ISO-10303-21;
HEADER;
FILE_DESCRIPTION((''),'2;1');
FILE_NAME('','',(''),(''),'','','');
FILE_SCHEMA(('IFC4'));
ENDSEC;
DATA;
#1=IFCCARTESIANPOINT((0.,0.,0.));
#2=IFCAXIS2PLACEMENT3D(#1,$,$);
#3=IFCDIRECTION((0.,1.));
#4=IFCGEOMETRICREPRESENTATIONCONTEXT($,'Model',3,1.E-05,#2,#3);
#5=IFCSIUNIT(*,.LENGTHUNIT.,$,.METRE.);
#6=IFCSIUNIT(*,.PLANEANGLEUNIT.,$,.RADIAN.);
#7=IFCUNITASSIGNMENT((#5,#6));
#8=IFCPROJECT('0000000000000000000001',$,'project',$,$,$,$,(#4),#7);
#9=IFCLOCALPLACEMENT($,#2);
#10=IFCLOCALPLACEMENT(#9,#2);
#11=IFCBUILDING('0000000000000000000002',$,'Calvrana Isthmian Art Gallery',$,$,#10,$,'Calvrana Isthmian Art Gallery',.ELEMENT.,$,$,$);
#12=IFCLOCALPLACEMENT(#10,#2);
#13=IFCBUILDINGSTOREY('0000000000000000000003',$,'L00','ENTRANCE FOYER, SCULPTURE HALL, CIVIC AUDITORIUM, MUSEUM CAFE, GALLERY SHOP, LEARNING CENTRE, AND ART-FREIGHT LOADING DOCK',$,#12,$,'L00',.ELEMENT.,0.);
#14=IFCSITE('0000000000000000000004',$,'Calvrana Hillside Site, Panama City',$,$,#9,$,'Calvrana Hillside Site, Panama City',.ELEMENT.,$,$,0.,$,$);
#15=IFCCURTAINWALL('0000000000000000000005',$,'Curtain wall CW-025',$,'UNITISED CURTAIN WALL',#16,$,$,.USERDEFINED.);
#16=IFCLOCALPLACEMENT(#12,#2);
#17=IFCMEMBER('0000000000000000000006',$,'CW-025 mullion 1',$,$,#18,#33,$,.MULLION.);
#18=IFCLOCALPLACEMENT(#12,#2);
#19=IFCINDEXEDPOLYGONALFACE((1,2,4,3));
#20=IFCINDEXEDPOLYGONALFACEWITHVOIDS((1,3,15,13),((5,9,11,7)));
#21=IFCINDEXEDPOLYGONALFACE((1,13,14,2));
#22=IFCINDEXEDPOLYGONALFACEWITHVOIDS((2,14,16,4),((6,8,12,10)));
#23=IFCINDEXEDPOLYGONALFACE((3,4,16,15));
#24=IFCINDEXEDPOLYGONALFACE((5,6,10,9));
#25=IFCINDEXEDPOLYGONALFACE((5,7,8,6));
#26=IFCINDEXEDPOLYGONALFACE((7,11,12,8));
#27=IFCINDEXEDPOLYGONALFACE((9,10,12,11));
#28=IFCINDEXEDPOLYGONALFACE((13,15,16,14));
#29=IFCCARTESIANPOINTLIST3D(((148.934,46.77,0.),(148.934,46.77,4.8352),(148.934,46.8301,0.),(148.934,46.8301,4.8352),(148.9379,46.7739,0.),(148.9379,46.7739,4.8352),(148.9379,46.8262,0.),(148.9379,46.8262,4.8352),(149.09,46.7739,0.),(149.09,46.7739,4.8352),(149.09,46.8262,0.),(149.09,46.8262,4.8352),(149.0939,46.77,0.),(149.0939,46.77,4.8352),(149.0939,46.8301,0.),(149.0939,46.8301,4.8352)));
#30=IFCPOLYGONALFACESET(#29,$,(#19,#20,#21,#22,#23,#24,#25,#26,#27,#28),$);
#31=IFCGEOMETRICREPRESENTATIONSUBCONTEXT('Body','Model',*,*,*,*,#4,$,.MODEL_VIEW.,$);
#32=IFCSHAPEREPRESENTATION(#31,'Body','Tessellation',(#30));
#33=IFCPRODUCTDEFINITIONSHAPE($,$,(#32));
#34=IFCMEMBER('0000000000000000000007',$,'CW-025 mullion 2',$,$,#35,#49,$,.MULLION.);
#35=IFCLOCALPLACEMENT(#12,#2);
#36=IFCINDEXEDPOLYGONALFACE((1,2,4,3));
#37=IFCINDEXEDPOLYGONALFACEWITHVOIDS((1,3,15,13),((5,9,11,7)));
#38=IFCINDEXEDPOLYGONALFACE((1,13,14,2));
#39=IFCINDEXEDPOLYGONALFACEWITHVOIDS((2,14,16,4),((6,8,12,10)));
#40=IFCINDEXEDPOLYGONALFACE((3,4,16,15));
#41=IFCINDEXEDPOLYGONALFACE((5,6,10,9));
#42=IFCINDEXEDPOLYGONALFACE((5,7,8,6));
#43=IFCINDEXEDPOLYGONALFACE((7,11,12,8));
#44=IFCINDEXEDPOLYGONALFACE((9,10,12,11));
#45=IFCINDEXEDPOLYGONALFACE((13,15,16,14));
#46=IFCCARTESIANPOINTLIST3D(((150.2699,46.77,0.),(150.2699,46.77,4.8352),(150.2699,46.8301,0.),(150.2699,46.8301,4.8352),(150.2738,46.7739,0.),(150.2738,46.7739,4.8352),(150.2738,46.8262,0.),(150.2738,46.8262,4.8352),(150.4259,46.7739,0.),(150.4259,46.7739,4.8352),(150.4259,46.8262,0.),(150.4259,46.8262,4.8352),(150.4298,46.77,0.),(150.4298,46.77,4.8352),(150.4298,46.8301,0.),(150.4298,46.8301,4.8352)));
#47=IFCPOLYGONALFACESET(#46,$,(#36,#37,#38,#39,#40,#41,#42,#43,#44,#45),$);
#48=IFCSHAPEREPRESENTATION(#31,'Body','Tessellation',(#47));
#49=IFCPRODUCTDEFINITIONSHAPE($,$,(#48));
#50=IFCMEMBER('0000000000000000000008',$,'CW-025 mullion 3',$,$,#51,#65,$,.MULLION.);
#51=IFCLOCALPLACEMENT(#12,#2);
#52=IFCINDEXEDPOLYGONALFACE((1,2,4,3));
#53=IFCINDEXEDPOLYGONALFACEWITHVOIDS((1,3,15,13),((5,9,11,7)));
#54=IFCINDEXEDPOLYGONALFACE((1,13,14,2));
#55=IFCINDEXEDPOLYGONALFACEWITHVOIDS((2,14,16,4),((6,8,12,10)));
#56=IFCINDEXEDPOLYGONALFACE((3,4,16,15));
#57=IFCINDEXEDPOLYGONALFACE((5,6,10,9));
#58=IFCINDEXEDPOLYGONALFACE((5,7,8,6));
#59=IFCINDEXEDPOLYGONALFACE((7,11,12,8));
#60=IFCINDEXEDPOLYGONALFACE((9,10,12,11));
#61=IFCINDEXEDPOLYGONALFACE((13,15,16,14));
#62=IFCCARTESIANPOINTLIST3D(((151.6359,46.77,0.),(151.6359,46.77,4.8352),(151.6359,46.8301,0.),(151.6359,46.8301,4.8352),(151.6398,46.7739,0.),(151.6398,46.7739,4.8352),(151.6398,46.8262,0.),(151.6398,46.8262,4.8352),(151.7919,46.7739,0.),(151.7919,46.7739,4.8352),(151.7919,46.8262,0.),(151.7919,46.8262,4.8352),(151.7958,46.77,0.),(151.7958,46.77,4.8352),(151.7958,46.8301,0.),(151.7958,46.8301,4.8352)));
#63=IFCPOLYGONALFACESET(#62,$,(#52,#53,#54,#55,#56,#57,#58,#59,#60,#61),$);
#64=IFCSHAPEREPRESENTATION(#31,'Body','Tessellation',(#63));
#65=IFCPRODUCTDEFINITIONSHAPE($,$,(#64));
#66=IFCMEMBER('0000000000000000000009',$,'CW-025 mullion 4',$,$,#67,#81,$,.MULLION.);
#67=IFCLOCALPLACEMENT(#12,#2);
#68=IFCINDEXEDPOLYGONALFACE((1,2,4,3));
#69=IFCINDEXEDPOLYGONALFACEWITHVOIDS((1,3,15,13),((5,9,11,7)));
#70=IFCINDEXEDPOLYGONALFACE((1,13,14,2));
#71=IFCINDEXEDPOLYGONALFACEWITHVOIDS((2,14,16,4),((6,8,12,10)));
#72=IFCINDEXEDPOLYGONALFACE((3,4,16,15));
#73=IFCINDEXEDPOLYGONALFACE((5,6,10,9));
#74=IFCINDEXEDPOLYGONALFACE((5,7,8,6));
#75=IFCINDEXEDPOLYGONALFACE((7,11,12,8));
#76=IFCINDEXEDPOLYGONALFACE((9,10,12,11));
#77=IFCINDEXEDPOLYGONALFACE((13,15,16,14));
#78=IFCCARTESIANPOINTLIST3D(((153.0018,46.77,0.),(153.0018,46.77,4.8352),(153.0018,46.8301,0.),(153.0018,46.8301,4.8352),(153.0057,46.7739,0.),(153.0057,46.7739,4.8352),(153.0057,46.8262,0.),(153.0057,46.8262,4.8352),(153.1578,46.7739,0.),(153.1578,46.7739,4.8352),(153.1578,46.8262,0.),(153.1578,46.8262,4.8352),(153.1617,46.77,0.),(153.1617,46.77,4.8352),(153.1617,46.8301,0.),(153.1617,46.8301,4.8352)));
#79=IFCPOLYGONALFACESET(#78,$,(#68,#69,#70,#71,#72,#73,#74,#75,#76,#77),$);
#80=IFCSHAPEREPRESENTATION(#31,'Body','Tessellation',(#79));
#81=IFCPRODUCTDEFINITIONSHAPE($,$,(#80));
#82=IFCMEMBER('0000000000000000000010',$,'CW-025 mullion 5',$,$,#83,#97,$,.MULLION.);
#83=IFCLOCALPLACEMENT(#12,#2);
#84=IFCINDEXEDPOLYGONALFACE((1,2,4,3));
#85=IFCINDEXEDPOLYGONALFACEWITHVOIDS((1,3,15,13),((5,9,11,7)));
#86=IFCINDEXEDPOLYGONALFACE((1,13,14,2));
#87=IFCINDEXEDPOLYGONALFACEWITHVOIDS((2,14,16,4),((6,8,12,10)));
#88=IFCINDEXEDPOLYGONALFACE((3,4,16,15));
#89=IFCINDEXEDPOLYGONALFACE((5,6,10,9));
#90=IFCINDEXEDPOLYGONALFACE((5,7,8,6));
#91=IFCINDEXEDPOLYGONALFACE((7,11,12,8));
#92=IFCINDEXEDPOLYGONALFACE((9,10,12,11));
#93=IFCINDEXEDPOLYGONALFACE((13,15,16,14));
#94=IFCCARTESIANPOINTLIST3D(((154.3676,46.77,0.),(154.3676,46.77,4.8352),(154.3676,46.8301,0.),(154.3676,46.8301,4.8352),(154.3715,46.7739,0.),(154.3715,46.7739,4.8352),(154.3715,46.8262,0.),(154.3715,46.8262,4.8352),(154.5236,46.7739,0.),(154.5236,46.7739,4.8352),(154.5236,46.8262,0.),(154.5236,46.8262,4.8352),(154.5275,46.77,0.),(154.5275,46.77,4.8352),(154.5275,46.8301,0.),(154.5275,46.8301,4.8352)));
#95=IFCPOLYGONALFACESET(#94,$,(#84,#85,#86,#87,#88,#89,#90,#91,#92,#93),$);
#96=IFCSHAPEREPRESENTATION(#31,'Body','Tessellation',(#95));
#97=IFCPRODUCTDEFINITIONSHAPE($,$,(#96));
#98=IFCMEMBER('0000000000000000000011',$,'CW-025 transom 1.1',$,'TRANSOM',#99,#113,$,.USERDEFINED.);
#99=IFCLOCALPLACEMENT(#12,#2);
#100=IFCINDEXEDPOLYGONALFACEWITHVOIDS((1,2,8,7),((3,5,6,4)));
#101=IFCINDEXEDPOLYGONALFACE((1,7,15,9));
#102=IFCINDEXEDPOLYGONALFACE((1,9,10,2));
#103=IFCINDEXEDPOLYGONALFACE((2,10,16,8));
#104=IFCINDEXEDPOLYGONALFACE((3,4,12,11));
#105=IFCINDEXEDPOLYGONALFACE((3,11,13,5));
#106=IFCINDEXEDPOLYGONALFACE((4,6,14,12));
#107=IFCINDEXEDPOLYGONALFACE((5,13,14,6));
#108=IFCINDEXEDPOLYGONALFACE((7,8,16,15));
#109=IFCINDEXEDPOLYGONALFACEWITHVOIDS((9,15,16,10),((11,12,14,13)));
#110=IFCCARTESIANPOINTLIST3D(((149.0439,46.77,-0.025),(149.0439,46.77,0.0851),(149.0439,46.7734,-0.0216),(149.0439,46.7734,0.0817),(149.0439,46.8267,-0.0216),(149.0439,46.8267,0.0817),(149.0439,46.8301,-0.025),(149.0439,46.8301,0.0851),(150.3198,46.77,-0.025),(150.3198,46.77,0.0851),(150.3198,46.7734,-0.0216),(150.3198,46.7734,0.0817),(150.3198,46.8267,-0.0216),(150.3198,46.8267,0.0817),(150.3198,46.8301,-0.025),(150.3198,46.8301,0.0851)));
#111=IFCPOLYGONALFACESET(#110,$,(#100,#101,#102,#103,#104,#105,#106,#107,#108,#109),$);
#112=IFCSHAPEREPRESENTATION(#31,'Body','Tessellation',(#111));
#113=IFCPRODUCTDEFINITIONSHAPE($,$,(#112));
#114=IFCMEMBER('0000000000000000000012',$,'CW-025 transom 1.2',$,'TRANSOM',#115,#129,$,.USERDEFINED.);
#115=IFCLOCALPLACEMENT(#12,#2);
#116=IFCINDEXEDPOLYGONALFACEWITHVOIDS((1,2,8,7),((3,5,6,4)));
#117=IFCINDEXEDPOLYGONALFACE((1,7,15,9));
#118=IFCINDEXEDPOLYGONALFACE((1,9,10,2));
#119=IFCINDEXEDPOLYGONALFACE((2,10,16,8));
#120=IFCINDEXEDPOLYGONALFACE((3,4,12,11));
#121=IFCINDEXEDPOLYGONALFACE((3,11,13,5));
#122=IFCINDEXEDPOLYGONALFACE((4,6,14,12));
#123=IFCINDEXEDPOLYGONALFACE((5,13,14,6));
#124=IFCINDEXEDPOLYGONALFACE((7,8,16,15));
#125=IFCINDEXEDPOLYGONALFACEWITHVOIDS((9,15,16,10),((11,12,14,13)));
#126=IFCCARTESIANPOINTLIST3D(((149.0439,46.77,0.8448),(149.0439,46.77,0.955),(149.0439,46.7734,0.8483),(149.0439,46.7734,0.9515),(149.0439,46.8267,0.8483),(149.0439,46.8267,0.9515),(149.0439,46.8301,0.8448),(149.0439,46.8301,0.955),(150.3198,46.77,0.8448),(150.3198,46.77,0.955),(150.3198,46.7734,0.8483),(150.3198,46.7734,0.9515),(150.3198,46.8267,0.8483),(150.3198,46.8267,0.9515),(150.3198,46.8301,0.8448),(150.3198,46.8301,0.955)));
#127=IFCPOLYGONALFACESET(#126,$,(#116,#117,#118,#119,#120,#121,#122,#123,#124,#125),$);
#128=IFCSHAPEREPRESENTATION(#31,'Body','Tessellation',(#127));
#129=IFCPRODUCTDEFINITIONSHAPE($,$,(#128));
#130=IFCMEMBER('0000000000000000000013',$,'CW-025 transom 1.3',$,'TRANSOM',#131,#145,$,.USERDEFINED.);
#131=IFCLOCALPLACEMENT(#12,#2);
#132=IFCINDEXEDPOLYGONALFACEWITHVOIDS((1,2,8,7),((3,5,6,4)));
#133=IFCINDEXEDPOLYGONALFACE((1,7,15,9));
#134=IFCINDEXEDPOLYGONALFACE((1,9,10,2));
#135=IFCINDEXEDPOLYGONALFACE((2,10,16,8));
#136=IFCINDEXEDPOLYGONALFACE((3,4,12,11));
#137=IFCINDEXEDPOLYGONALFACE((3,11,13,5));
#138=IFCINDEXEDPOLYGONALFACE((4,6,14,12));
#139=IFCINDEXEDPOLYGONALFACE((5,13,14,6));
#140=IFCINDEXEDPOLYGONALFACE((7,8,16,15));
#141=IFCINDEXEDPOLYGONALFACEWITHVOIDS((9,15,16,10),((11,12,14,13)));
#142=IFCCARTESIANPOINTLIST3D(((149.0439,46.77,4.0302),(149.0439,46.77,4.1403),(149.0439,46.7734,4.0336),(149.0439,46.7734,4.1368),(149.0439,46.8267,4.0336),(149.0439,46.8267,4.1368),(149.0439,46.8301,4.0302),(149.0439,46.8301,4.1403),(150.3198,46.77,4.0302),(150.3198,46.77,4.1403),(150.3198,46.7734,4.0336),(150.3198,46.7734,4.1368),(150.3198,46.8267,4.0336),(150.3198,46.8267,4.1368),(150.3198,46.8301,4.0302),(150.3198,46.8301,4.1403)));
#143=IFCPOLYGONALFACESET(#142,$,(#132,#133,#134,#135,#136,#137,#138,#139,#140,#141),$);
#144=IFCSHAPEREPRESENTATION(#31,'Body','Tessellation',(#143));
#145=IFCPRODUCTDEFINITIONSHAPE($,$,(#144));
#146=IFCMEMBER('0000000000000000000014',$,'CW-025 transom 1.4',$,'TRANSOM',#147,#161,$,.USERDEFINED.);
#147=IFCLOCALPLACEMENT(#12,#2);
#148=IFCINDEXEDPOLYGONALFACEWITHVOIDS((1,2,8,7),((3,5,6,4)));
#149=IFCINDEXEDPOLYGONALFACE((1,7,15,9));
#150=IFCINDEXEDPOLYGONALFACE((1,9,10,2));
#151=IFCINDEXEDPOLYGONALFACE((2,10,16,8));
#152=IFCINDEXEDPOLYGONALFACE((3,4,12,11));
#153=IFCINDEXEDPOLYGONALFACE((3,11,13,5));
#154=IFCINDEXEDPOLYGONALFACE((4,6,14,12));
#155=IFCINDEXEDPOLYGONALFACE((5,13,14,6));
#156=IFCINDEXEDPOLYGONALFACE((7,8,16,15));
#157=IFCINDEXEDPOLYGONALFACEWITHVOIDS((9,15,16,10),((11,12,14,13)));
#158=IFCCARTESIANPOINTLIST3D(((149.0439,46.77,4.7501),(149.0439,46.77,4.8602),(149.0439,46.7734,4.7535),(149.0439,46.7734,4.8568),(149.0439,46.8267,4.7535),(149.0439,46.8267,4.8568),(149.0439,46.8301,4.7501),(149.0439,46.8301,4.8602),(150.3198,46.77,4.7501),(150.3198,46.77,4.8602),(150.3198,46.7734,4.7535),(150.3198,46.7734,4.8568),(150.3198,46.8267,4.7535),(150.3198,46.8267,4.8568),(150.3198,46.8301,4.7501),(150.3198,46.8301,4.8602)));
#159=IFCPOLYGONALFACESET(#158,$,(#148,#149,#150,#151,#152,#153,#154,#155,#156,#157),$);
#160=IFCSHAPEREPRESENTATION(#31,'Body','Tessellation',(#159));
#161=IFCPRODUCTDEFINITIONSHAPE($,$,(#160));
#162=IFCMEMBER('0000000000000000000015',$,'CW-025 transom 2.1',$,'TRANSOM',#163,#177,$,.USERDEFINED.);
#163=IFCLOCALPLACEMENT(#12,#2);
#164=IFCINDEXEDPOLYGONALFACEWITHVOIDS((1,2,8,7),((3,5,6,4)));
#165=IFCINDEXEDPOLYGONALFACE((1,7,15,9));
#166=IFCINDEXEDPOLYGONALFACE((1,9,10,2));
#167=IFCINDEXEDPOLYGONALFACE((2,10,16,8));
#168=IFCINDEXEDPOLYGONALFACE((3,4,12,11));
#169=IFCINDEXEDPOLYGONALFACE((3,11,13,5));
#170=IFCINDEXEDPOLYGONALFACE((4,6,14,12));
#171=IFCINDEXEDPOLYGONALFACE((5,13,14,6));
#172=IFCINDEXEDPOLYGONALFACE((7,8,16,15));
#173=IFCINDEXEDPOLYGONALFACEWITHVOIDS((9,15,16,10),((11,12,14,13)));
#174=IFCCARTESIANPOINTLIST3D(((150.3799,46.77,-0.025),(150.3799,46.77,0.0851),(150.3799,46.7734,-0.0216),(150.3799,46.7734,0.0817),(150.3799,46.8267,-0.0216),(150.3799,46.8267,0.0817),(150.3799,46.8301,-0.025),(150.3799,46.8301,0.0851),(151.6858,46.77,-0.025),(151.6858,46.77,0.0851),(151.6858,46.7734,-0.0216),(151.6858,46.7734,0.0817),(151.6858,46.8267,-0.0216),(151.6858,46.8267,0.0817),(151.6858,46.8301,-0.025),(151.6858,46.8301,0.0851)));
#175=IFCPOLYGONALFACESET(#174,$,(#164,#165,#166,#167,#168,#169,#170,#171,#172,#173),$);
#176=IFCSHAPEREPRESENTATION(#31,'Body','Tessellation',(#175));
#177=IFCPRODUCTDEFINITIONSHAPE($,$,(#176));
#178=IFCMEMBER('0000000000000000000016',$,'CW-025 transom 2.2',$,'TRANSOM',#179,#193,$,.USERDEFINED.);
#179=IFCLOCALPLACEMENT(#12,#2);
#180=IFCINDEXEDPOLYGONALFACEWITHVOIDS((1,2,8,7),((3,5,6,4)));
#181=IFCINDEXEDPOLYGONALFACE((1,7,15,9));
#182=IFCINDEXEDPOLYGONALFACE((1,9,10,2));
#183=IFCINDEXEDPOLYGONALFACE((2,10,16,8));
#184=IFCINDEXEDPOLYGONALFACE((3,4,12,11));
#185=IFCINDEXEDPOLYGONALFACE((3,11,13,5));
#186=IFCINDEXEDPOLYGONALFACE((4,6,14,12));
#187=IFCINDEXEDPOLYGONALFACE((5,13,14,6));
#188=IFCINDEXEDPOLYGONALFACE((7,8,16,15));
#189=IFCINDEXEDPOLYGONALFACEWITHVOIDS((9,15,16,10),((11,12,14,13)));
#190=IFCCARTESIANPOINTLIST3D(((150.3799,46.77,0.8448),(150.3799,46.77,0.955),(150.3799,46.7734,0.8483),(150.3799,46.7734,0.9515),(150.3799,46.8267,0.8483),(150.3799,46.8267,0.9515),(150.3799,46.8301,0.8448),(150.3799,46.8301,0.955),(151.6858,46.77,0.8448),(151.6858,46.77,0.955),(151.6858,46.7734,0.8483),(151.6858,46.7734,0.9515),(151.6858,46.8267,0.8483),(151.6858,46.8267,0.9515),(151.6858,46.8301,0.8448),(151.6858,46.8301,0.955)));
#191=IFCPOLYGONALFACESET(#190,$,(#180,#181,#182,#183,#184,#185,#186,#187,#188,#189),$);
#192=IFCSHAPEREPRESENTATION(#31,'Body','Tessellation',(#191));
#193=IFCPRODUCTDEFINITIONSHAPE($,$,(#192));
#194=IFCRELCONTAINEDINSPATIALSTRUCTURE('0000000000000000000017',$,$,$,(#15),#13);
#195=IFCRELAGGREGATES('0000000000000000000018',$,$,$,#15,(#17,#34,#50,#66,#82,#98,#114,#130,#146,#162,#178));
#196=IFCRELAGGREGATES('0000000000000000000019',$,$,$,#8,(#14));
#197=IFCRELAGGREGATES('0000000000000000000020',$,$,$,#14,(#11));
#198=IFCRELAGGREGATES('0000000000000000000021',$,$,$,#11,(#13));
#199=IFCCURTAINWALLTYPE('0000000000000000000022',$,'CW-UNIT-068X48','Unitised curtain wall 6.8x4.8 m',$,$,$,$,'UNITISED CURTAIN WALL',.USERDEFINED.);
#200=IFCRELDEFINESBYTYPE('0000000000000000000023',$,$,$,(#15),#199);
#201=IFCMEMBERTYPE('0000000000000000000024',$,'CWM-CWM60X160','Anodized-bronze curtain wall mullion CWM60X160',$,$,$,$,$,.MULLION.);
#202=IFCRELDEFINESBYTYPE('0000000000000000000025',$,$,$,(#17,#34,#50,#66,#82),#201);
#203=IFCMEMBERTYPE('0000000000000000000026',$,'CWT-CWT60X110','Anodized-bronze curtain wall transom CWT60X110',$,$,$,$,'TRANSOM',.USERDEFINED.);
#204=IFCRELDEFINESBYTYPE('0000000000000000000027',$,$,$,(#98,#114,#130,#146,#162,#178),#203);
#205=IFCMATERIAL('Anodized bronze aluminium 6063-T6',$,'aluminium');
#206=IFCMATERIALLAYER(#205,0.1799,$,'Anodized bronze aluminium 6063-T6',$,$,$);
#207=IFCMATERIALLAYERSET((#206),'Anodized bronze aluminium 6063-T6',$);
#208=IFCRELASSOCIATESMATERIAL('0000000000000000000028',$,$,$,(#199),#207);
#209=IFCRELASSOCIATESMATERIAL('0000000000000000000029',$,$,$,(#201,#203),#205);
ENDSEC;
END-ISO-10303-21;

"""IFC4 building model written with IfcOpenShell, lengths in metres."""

from ifc_helpers import new_model, si_unit, direction, frame, origin, origin_2d, place, context, subcontext, project, spatial, hollow_rectangle, extrude, material, layer, layer_set, material_profile, profile_set, type_object, element, aggregate, save


model = new_model("IFC4")

# Units and contexts
model_context = context("Model", 3, precision=1e-05, world=origin(), true_north=direction((0.0, 1.0)))
body_context = subcontext(model_context, "Body", "Model", "MODEL_VIEW")
ifc_project = project(units=[si_unit("LENGTHUNIT", "METRE"), si_unit("PLANEANGLEUNIT", "RADIAN")], contexts=[model_context])

# Site, building, storey
site_placement = place(None, origin())
site = spatial("IfcSite", under=ifc_project, at=site_placement, Name="Calvrana Hillside Site, Panama City", LongName="Calvrana Hillside Site, Panama City", CompositionType="ELEMENT", RefElevation=0.0)
building_placement = place(site_placement, origin())
building = spatial("IfcBuilding", under=site, at=building_placement, Name="Calvrana Isthmian Art Gallery", LongName="Calvrana Isthmian Art Gallery", CompositionType="ELEMENT")
storey_placement = place(building_placement, origin())
storey = spatial("IfcBuildingStorey", under=building, at=storey_placement, Name="L00", Description="ENTRANCE FOYER, SCULPTURE HALL, CIVIC AUDITORIUM, MUSEUM CAFE, GALLERY SHOP, LEARNING CENTRE, AND ART-FREIGHT LOADING DOCK", LongName="L00", CompositionType="ELEMENT", Elevation=0.0)

# Curtain wall, members
ifc_material_1 = material(Name="Anodized bronze aluminium 6063-T6", Category="aluminium")
ifc_layer_1 = layer(ifc_material_1, 0.1799, Name="Anodized bronze aluminium 6063-T6")
ifc_layer_set_1 = layer_set([ifc_layer_1], Name="Anodized bronze aluminium 6063-T6")
curtain_wall_type = type_object("IfcCurtainWallType", Name="CW-UNIT-068X48", Description="Unitised curtain wall 6.8x4.8 m", ElementType="UNITISED CURTAIN WALL", PredefinedType="USERDEFINED", material=ifc_layer_set_1)
curtain_wall_placement = place(storey_placement, origin())
curtain_wall = element("IfcCurtainWall", 1, at=curtain_wall_placement, inside=storey, type_object=curtain_wall_type, Name="Curtain wall CW-025", ObjectType="UNITISED CURTAIN WALL", PredefinedType="USERDEFINED")
ifc_material_profile_1 = material_profile(ifc_material_1, hollow_rectangle(XDim=0.0601, YDim=0.1599, WallThickness=0.0039, at=origin_2d()), Name="CWM60X160")
ifc_profile_set_1 = profile_set([ifc_material_profile_1], Name="Anodized bronze aluminium 6063-T6")
member_type_1 = type_object("IfcMemberType", Name="CWM-CWM60X160", Description="Anodized-bronze curtain wall mullion CWM60X160", PredefinedType="MULLION", material=ifc_profile_set_1)
member_1_placement = place(storey_placement, frame((149.0139, 46.8, 0.0), z_axis=(0.0, 0.0, 1.0), x_axis=(0.0, 1.0, 0.0)))
member_1 = element("IfcMember", 2, at=member_1_placement, type_object=member_type_1, Name="CW-025 mullion 1", PredefinedType="MULLION", context=body_context, shape_type="SweptSolid", body=[
    extrude(hollow_rectangle(XDim=0.0601, YDim=0.1599, WallThickness=0.0039, at=origin_2d()), origin(), (0.0, 0.0, 1.0), 4.8352),
])
member_2_placement = place(storey_placement, frame((150.3499, 46.8, 0.0), z_axis=(0.0, 0.0, 1.0), x_axis=(0.0, 1.0, 0.0)))
member_2 = element("IfcMember", 3, at=member_2_placement, type_object=member_type_1, Name="CW-025 mullion 2", PredefinedType="MULLION", context=body_context, shape_type="SweptSolid", body=[
    extrude(hollow_rectangle(XDim=0.0601, YDim=0.1599, WallThickness=0.0039, at=origin_2d()), origin(), (0.0, 0.0, 1.0), 4.8352),
])
member_3_placement = place(storey_placement, frame((151.7158, 46.8, 0.0), z_axis=(0.0, 0.0, 1.0), x_axis=(0.0, 1.0, 0.0)))
member_3 = element("IfcMember", 4, at=member_3_placement, type_object=member_type_1, Name="CW-025 mullion 3", PredefinedType="MULLION", context=body_context, shape_type="SweptSolid", body=[
    extrude(hollow_rectangle(XDim=0.0601, YDim=0.1599, WallThickness=0.0039, at=origin_2d()), origin(), (0.0, 0.0, 1.0), 4.8352),
])
member_4_placement = place(storey_placement, frame((153.0818, 46.8, 0.0), z_axis=(0.0, 0.0, 1.0), x_axis=(0.0, 1.0, 0.0)))
member_4 = element("IfcMember", 5, at=member_4_placement, type_object=member_type_1, Name="CW-025 mullion 4", PredefinedType="MULLION", context=body_context, shape_type="SweptSolid", body=[
    extrude(hollow_rectangle(XDim=0.0601, YDim=0.1599, WallThickness=0.0039, at=origin_2d()), origin(), (0.0, 0.0, 1.0), 4.8352),
])
member_5_placement = place(storey_placement, frame((154.4475, 46.8, 0.0), z_axis=(0.0, 0.0, 1.0), x_axis=(0.0, 1.0, 0.0)))
member_5 = element("IfcMember", 6, at=member_5_placement, type_object=member_type_1, Name="CW-025 mullion 5", PredefinedType="MULLION", context=body_context, shape_type="SweptSolid", body=[
    extrude(hollow_rectangle(XDim=0.0601, YDim=0.1599, WallThickness=0.0039, at=origin_2d()), origin(), (0.0, 0.0, 1.0), 4.8352),
])
ifc_material_profile_2 = material_profile(ifc_material_1, hollow_rectangle(XDim=0.0601, YDim=0.1101, WallThickness=0.0034, at=origin_2d()), Name="CWT60X110")
ifc_profile_set_2 = profile_set([ifc_material_profile_2], Name="Anodized bronze aluminium 6063-T6")
member_type_2 = type_object("IfcMemberType", Name="CWT-CWT60X110", Description="Anodized-bronze curtain wall transom CWT60X110", ElementType="TRANSOM", PredefinedType="USERDEFINED", material=ifc_profile_set_2)
member_6_placement = place(storey_placement, frame((149.0439, 46.8, 0.03), z_axis=(1.0, 0.0, 0.0), x_axis=(0.0, 1.0, 0.0)))
member_6 = element("IfcMember", 7, at=member_6_placement, type_object=member_type_2, Name="CW-025 transom 1.1", ObjectType="TRANSOM", PredefinedType="USERDEFINED", context=body_context, shape_type="SweptSolid", body=[
    extrude(hollow_rectangle(XDim=0.0601, YDim=0.1101, WallThickness=0.0034, at=origin_2d()), origin(), (0.0, 0.0, 1.0), 1.2759),
])
member_7_placement = place(storey_placement, frame((149.0439, 46.8, 0.8999), z_axis=(1.0, 0.0, 0.0), x_axis=(0.0, 1.0, 0.0)))
member_7 = element("IfcMember", 8, at=member_7_placement, type_object=member_type_2, Name="CW-025 transom 1.2", ObjectType="TRANSOM", PredefinedType="USERDEFINED", context=body_context, shape_type="SweptSolid", body=[
    extrude(hollow_rectangle(XDim=0.0601, YDim=0.1101, WallThickness=0.0034, at=origin_2d()), origin(), (0.0, 0.0, 1.0), 1.2759),
])
member_8_placement = place(storey_placement, frame((149.0439, 46.8, 4.0852), z_axis=(1.0, 0.0, 0.0), x_axis=(0.0, 1.0, 0.0)))
member_8 = element("IfcMember", 9, at=member_8_placement, type_object=member_type_2, Name="CW-025 transom 1.3", ObjectType="TRANSOM", PredefinedType="USERDEFINED", context=body_context, shape_type="SweptSolid", body=[
    extrude(hollow_rectangle(XDim=0.0601, YDim=0.1101, WallThickness=0.0034, at=origin_2d()), origin(), (0.0, 0.0, 1.0), 1.2759),
])
member_9_placement = place(storey_placement, frame((149.0439, 46.8, 4.8052), z_axis=(1.0, 0.0, 0.0), x_axis=(0.0, 1.0, 0.0)))
member_9 = element("IfcMember", 10, at=member_9_placement, type_object=member_type_2, Name="CW-025 transom 1.4", ObjectType="TRANSOM", PredefinedType="USERDEFINED", context=body_context, shape_type="SweptSolid", body=[
    extrude(hollow_rectangle(XDim=0.0601, YDim=0.1101, WallThickness=0.0034, at=origin_2d()), origin(), (0.0, 0.0, 1.0), 1.2759),
])
member_10_placement = place(storey_placement, frame((150.3799, 46.8, 0.03), z_axis=(1.0, 0.0, 0.0), x_axis=(0.0, 1.0, 0.0)))
member_10 = element("IfcMember", 11, at=member_10_placement, type_object=member_type_2, Name="CW-025 transom 2.1", ObjectType="TRANSOM", PredefinedType="USERDEFINED", context=body_context, shape_type="SweptSolid", body=[
    extrude(hollow_rectangle(XDim=0.0601, YDim=0.1101, WallThickness=0.0034, at=origin_2d()), origin(), (0.0, 0.0, 1.0), 1.3059),
])
member_11_placement = place(storey_placement, frame((150.3799, 46.8, 0.8999), z_axis=(1.0, 0.0, 0.0), x_axis=(0.0, 1.0, 0.0)))
member_11 = element("IfcMember", 12, at=member_11_placement, type_object=member_type_2, Name="CW-025 transom 2.2", ObjectType="TRANSOM", PredefinedType="USERDEFINED", context=body_context, shape_type="SweptSolid", body=[
    extrude(hollow_rectangle(XDim=0.0601, YDim=0.1101, WallThickness=0.0034, at=origin_2d()), origin(), (0.0, 0.0, 1.0), 1.3059),
])
aggregate(curtain_wall, [member_1, member_2, member_3, member_4, member_5, member_6, member_7, member_8, member_9, member_10, member_11])

save(model, "model.ifc")
